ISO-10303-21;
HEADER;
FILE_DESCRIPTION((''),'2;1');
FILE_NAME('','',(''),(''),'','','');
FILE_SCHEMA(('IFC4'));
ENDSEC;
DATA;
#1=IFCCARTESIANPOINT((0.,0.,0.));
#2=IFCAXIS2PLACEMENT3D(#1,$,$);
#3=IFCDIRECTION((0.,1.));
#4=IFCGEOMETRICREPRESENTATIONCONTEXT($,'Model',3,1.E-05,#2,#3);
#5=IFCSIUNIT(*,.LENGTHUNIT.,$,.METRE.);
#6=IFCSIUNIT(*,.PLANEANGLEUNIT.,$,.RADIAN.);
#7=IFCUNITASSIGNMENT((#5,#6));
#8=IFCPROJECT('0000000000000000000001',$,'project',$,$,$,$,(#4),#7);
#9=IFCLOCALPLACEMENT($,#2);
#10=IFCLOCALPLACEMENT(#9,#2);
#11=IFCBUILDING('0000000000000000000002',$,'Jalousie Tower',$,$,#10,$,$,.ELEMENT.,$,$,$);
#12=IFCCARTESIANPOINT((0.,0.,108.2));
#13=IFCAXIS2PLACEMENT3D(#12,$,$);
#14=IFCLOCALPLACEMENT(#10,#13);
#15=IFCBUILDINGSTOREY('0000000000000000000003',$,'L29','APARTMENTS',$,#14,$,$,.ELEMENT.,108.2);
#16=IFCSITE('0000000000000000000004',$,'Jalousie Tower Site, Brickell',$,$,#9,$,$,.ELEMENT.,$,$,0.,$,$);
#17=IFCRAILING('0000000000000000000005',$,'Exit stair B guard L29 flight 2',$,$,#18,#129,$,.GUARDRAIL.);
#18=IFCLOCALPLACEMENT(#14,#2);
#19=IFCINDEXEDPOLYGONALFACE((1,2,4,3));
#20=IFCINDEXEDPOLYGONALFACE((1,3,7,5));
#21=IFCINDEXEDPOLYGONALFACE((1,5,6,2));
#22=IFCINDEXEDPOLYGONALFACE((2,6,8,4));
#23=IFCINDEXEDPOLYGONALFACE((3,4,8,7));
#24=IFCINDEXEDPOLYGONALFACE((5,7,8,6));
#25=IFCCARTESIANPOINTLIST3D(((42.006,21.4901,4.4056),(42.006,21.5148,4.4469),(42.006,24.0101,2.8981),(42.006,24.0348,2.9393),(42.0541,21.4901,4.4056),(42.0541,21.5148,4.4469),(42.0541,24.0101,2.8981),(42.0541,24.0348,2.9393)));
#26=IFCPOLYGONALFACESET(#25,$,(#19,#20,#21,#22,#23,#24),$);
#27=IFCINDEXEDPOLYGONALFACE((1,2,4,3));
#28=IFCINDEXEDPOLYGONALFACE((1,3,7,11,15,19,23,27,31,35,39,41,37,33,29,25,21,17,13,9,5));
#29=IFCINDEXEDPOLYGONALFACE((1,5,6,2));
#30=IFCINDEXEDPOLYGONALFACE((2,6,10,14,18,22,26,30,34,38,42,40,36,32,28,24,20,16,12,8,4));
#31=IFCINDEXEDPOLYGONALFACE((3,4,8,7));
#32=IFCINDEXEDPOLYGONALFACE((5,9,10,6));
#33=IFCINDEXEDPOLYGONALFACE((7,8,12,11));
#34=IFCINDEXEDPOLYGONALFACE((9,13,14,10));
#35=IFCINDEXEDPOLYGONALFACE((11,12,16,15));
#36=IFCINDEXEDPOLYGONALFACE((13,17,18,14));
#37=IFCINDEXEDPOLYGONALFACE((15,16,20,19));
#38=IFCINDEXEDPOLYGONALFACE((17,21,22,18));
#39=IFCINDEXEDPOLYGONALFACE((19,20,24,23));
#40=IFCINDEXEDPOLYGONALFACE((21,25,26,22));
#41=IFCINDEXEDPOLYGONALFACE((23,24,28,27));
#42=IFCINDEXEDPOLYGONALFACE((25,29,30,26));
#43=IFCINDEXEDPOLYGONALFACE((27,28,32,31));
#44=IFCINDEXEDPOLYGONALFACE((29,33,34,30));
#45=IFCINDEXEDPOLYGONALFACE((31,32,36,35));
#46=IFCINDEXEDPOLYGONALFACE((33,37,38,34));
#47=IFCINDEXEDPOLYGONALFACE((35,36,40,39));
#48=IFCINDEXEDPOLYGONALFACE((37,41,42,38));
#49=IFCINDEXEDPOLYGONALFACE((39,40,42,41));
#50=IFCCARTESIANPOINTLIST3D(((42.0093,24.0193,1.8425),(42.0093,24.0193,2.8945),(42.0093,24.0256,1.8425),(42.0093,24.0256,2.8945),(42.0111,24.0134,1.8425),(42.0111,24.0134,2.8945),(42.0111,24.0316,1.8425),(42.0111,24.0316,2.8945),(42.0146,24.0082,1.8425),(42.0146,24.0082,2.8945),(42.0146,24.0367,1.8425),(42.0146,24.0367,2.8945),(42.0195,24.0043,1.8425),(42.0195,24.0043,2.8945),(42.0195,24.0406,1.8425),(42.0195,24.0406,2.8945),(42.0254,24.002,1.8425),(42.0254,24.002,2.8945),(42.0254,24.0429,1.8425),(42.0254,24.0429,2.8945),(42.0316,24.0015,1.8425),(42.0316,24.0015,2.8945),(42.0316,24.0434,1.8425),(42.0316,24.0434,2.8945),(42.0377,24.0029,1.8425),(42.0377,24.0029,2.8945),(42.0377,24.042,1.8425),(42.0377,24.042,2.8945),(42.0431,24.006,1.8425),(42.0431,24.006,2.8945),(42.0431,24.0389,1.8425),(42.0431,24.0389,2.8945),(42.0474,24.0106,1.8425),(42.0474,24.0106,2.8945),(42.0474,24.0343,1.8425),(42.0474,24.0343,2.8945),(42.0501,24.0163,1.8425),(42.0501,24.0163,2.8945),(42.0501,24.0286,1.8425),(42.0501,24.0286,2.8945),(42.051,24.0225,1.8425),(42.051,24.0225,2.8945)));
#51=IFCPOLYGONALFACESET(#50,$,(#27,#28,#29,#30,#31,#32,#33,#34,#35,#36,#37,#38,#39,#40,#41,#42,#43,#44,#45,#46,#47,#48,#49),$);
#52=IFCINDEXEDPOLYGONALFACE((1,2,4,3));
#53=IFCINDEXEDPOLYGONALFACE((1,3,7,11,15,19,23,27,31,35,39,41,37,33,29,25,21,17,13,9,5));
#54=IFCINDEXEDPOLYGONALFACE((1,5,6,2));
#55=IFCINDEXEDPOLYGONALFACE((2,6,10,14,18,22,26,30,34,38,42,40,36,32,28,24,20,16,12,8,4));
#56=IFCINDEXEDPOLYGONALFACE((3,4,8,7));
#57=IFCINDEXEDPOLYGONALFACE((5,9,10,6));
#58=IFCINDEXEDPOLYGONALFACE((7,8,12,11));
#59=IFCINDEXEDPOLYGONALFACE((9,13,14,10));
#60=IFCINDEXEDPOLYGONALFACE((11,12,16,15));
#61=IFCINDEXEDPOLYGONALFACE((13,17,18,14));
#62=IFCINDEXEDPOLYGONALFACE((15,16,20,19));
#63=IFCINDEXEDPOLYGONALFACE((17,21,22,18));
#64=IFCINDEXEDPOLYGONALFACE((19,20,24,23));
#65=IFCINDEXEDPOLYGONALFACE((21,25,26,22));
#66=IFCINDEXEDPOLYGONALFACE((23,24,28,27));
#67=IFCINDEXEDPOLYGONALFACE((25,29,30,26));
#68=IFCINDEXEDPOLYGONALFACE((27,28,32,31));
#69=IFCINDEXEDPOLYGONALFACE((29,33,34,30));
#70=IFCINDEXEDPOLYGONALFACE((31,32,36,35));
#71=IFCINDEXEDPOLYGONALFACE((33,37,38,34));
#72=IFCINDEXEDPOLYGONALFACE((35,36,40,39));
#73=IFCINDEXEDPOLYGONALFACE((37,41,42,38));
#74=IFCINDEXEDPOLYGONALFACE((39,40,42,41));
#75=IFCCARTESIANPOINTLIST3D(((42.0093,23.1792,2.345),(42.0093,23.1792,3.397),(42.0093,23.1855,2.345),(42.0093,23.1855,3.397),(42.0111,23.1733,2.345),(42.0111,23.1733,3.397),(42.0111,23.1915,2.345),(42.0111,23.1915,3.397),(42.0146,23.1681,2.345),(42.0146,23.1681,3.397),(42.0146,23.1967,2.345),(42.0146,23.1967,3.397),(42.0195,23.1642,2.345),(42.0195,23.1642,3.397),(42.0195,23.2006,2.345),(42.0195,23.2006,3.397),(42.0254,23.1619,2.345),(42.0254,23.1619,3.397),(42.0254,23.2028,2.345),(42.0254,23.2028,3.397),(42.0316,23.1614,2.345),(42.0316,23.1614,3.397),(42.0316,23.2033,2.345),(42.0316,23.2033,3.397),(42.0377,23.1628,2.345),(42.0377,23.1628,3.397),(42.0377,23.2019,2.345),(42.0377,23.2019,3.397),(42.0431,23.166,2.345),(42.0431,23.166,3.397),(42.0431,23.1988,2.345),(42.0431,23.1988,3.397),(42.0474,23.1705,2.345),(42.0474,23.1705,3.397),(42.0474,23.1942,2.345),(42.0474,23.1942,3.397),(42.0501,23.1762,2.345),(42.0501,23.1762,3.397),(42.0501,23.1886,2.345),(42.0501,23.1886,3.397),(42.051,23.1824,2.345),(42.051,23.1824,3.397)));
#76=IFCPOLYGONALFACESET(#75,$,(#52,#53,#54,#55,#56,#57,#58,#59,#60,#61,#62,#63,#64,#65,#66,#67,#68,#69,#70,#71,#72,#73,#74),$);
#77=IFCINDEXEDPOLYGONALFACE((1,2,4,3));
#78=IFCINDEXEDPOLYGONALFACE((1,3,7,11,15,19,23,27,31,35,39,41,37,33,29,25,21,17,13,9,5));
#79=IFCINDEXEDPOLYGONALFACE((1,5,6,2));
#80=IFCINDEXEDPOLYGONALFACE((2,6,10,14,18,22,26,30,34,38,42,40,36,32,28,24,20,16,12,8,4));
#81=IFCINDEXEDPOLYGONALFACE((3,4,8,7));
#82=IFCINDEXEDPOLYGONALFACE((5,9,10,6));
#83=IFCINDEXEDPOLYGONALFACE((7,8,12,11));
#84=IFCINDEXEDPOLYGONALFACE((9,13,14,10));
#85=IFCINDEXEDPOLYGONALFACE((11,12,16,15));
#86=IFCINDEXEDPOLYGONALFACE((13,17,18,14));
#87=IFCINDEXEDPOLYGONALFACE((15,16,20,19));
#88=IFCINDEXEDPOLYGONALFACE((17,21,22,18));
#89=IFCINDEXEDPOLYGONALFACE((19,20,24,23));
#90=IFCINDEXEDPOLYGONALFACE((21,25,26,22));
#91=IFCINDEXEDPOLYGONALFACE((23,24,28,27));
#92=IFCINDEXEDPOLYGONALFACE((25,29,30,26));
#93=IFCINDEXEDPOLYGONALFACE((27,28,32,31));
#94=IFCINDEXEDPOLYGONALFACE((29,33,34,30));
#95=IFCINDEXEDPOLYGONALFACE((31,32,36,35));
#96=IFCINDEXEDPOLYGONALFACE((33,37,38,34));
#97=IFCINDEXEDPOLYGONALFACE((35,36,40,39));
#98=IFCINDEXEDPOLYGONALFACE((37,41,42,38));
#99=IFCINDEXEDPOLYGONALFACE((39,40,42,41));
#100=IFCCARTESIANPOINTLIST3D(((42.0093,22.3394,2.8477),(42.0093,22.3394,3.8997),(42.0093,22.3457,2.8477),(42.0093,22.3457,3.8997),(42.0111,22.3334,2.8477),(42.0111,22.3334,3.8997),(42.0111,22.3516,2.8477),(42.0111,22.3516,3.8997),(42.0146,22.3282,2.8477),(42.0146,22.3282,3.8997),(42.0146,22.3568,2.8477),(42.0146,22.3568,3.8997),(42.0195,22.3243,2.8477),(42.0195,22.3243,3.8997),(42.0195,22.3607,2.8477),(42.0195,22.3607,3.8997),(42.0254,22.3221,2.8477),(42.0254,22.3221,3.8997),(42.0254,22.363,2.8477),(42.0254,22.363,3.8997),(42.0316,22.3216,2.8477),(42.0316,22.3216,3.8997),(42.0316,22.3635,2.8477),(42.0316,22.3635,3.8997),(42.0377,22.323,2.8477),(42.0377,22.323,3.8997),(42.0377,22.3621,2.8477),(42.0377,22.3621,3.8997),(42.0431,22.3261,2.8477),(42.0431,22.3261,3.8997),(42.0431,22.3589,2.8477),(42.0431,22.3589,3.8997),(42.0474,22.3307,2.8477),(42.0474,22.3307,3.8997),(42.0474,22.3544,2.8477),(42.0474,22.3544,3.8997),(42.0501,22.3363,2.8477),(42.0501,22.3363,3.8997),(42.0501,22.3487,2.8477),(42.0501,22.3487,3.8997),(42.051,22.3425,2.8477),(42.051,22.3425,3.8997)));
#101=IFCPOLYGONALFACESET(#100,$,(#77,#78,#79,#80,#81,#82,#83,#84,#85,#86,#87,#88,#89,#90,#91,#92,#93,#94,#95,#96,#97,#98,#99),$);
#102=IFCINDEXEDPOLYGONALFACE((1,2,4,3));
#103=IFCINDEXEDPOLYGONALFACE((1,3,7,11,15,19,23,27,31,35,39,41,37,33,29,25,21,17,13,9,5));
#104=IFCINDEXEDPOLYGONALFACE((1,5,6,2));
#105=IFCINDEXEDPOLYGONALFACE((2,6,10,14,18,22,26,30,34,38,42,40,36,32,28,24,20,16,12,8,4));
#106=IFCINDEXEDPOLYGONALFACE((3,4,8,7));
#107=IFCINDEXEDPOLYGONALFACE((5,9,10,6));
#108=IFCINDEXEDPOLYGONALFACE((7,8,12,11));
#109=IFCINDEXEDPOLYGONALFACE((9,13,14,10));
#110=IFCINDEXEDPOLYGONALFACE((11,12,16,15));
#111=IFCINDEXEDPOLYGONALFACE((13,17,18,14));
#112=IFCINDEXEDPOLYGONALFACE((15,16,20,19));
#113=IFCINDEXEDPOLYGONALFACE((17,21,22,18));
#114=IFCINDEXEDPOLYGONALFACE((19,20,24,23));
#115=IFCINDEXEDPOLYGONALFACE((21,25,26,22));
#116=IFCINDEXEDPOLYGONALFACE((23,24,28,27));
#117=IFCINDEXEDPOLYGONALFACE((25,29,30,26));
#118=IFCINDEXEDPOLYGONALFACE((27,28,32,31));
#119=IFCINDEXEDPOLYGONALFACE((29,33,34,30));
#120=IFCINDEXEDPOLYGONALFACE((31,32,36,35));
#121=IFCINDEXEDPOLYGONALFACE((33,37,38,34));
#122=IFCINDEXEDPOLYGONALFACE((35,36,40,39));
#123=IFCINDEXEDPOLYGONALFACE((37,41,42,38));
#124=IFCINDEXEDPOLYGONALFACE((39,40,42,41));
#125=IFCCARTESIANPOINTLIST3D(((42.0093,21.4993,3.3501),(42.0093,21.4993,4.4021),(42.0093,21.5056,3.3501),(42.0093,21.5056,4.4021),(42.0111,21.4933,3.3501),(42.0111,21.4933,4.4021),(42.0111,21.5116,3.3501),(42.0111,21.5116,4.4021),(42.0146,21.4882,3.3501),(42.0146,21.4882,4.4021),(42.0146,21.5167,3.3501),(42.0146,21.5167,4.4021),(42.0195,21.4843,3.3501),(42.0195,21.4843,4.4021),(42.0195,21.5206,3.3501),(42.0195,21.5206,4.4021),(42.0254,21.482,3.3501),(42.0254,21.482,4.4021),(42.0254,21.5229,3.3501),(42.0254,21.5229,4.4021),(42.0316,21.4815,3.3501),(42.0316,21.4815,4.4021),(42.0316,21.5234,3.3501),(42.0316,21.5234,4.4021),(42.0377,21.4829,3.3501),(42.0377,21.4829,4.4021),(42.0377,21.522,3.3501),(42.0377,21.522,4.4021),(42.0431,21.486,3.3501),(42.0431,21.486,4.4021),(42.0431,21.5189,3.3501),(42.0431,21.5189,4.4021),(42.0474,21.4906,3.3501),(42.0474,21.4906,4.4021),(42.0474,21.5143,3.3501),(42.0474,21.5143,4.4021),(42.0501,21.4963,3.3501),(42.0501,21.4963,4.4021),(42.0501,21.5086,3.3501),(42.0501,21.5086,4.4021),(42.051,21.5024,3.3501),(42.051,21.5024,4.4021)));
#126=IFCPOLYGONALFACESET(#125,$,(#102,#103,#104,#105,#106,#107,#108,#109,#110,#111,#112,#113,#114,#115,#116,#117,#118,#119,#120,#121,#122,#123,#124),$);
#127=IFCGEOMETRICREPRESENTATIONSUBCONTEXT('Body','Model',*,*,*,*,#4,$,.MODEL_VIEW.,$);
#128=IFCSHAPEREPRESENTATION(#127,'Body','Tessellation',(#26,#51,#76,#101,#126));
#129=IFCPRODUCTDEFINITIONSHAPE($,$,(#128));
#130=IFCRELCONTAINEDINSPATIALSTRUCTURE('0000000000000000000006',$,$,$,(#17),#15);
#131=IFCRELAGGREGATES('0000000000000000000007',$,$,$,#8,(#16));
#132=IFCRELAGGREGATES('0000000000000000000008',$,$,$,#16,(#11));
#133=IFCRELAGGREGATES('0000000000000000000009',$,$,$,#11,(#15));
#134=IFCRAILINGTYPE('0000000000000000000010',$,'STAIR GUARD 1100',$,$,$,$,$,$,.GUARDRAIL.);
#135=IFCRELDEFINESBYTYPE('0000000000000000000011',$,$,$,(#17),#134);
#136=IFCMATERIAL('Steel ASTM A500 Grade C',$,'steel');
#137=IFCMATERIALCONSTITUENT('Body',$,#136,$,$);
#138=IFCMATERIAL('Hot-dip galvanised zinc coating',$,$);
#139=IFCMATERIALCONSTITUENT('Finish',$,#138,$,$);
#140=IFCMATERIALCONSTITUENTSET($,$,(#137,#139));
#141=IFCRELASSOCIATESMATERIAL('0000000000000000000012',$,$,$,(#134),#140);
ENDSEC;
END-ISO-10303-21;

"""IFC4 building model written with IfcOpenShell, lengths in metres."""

from ifc_helpers import new_model, si_unit, direction, frame, origin, origin_2d, place, context, subcontext, project, spatial, rectangle, circle, extrude, material, constituent, constituent_set, type_object, element, save


model = new_model("IFC4")

# Units and contexts
model_context = context("Model", 3, precision=1e-05, world=origin(), true_north=direction((0.0, 1.0)))
body_context = subcontext(model_context, "Body", "Model", "MODEL_VIEW")
ifc_project = project(units=[si_unit("LENGTHUNIT", "METRE"), si_unit("PLANEANGLEUNIT", "RADIAN")], contexts=[model_context])

# Site, building, storey
site_placement = place(None, origin())
site = spatial("IfcSite", under=ifc_project, at=site_placement, Name="Jalousie Tower Site, Brickell", CompositionType="ELEMENT", RefElevation=0.0)
building_placement = place(site_placement, origin())
building = spatial("IfcBuilding", under=site, at=building_placement, Name="Jalousie Tower", CompositionType="ELEMENT")
storey_placement = place(building_placement, frame((0.0, 0.0, 108.2)))
storey = spatial("IfcBuildingStorey", under=building, at=storey_placement, Name="L29", Description="APARTMENTS", CompositionType="ELEMENT", Elevation=108.2)

# Railing
ifc_material_1 = material(Name="Steel ASTM A500 Grade C", Category="steel")
ifc_constituent_1 = constituent(ifc_material_1, Name="Body")
ifc_material_2 = material(Name="Hot-dip galvanised zinc coating")
ifc_constituent_2 = constituent(ifc_material_2, Name="Finish")
ifc_constituent_set_1 = constituent_set(constituents=[ifc_constituent_1, ifc_constituent_2])
railing_type_1 = type_object("IfcRailingType", Name="STAIR GUARD 1100", PredefinedType="GUARDRAIL", material=ifc_constituent_set_1)
railing_1_placement = place(storey_placement, frame((42.03, 24.0225, 1.8425)))
element("IfcRailing", 1, at=railing_1_placement, inside=storey, type_object=railing_type_1, Name="Exit stair B guard L29 flight 2", PredefinedType="GUARDRAIL", context=body_context, shape_type="SweptSolid", body=[
    extrude(rectangle(XDim=0.0481, YDim=0.0481, at=origin_2d()), frame((0.0, 0.0, 1.0762), z_axis=(0.0, -0.85816, 0.513383), x_axis=(1.0, 0.0, 0.0)), (0.0, 0.0, 1.0), 2.9365),
    extrude(circle(Radius=0.021, at=origin_2d()), origin(), (0.0, 0.0, 1.0), 1.052),
    extrude(circle(Radius=0.021, at=origin_2d()), frame((0.0, -0.8401, 0.5024)), (0.0, 0.0, 1.0), 1.052),
    extrude(circle(Radius=0.021, at=origin_2d()), frame((0.0, -1.6799, 1.0051)), (0.0, 0.0, 1.0), 1.052),
    extrude(circle(Radius=0.021, at=origin_2d()), frame((0.0, -2.52, 1.5076)), (0.0, 0.0, 1.0), 1.052),
])

save(model, "model.ifc")
